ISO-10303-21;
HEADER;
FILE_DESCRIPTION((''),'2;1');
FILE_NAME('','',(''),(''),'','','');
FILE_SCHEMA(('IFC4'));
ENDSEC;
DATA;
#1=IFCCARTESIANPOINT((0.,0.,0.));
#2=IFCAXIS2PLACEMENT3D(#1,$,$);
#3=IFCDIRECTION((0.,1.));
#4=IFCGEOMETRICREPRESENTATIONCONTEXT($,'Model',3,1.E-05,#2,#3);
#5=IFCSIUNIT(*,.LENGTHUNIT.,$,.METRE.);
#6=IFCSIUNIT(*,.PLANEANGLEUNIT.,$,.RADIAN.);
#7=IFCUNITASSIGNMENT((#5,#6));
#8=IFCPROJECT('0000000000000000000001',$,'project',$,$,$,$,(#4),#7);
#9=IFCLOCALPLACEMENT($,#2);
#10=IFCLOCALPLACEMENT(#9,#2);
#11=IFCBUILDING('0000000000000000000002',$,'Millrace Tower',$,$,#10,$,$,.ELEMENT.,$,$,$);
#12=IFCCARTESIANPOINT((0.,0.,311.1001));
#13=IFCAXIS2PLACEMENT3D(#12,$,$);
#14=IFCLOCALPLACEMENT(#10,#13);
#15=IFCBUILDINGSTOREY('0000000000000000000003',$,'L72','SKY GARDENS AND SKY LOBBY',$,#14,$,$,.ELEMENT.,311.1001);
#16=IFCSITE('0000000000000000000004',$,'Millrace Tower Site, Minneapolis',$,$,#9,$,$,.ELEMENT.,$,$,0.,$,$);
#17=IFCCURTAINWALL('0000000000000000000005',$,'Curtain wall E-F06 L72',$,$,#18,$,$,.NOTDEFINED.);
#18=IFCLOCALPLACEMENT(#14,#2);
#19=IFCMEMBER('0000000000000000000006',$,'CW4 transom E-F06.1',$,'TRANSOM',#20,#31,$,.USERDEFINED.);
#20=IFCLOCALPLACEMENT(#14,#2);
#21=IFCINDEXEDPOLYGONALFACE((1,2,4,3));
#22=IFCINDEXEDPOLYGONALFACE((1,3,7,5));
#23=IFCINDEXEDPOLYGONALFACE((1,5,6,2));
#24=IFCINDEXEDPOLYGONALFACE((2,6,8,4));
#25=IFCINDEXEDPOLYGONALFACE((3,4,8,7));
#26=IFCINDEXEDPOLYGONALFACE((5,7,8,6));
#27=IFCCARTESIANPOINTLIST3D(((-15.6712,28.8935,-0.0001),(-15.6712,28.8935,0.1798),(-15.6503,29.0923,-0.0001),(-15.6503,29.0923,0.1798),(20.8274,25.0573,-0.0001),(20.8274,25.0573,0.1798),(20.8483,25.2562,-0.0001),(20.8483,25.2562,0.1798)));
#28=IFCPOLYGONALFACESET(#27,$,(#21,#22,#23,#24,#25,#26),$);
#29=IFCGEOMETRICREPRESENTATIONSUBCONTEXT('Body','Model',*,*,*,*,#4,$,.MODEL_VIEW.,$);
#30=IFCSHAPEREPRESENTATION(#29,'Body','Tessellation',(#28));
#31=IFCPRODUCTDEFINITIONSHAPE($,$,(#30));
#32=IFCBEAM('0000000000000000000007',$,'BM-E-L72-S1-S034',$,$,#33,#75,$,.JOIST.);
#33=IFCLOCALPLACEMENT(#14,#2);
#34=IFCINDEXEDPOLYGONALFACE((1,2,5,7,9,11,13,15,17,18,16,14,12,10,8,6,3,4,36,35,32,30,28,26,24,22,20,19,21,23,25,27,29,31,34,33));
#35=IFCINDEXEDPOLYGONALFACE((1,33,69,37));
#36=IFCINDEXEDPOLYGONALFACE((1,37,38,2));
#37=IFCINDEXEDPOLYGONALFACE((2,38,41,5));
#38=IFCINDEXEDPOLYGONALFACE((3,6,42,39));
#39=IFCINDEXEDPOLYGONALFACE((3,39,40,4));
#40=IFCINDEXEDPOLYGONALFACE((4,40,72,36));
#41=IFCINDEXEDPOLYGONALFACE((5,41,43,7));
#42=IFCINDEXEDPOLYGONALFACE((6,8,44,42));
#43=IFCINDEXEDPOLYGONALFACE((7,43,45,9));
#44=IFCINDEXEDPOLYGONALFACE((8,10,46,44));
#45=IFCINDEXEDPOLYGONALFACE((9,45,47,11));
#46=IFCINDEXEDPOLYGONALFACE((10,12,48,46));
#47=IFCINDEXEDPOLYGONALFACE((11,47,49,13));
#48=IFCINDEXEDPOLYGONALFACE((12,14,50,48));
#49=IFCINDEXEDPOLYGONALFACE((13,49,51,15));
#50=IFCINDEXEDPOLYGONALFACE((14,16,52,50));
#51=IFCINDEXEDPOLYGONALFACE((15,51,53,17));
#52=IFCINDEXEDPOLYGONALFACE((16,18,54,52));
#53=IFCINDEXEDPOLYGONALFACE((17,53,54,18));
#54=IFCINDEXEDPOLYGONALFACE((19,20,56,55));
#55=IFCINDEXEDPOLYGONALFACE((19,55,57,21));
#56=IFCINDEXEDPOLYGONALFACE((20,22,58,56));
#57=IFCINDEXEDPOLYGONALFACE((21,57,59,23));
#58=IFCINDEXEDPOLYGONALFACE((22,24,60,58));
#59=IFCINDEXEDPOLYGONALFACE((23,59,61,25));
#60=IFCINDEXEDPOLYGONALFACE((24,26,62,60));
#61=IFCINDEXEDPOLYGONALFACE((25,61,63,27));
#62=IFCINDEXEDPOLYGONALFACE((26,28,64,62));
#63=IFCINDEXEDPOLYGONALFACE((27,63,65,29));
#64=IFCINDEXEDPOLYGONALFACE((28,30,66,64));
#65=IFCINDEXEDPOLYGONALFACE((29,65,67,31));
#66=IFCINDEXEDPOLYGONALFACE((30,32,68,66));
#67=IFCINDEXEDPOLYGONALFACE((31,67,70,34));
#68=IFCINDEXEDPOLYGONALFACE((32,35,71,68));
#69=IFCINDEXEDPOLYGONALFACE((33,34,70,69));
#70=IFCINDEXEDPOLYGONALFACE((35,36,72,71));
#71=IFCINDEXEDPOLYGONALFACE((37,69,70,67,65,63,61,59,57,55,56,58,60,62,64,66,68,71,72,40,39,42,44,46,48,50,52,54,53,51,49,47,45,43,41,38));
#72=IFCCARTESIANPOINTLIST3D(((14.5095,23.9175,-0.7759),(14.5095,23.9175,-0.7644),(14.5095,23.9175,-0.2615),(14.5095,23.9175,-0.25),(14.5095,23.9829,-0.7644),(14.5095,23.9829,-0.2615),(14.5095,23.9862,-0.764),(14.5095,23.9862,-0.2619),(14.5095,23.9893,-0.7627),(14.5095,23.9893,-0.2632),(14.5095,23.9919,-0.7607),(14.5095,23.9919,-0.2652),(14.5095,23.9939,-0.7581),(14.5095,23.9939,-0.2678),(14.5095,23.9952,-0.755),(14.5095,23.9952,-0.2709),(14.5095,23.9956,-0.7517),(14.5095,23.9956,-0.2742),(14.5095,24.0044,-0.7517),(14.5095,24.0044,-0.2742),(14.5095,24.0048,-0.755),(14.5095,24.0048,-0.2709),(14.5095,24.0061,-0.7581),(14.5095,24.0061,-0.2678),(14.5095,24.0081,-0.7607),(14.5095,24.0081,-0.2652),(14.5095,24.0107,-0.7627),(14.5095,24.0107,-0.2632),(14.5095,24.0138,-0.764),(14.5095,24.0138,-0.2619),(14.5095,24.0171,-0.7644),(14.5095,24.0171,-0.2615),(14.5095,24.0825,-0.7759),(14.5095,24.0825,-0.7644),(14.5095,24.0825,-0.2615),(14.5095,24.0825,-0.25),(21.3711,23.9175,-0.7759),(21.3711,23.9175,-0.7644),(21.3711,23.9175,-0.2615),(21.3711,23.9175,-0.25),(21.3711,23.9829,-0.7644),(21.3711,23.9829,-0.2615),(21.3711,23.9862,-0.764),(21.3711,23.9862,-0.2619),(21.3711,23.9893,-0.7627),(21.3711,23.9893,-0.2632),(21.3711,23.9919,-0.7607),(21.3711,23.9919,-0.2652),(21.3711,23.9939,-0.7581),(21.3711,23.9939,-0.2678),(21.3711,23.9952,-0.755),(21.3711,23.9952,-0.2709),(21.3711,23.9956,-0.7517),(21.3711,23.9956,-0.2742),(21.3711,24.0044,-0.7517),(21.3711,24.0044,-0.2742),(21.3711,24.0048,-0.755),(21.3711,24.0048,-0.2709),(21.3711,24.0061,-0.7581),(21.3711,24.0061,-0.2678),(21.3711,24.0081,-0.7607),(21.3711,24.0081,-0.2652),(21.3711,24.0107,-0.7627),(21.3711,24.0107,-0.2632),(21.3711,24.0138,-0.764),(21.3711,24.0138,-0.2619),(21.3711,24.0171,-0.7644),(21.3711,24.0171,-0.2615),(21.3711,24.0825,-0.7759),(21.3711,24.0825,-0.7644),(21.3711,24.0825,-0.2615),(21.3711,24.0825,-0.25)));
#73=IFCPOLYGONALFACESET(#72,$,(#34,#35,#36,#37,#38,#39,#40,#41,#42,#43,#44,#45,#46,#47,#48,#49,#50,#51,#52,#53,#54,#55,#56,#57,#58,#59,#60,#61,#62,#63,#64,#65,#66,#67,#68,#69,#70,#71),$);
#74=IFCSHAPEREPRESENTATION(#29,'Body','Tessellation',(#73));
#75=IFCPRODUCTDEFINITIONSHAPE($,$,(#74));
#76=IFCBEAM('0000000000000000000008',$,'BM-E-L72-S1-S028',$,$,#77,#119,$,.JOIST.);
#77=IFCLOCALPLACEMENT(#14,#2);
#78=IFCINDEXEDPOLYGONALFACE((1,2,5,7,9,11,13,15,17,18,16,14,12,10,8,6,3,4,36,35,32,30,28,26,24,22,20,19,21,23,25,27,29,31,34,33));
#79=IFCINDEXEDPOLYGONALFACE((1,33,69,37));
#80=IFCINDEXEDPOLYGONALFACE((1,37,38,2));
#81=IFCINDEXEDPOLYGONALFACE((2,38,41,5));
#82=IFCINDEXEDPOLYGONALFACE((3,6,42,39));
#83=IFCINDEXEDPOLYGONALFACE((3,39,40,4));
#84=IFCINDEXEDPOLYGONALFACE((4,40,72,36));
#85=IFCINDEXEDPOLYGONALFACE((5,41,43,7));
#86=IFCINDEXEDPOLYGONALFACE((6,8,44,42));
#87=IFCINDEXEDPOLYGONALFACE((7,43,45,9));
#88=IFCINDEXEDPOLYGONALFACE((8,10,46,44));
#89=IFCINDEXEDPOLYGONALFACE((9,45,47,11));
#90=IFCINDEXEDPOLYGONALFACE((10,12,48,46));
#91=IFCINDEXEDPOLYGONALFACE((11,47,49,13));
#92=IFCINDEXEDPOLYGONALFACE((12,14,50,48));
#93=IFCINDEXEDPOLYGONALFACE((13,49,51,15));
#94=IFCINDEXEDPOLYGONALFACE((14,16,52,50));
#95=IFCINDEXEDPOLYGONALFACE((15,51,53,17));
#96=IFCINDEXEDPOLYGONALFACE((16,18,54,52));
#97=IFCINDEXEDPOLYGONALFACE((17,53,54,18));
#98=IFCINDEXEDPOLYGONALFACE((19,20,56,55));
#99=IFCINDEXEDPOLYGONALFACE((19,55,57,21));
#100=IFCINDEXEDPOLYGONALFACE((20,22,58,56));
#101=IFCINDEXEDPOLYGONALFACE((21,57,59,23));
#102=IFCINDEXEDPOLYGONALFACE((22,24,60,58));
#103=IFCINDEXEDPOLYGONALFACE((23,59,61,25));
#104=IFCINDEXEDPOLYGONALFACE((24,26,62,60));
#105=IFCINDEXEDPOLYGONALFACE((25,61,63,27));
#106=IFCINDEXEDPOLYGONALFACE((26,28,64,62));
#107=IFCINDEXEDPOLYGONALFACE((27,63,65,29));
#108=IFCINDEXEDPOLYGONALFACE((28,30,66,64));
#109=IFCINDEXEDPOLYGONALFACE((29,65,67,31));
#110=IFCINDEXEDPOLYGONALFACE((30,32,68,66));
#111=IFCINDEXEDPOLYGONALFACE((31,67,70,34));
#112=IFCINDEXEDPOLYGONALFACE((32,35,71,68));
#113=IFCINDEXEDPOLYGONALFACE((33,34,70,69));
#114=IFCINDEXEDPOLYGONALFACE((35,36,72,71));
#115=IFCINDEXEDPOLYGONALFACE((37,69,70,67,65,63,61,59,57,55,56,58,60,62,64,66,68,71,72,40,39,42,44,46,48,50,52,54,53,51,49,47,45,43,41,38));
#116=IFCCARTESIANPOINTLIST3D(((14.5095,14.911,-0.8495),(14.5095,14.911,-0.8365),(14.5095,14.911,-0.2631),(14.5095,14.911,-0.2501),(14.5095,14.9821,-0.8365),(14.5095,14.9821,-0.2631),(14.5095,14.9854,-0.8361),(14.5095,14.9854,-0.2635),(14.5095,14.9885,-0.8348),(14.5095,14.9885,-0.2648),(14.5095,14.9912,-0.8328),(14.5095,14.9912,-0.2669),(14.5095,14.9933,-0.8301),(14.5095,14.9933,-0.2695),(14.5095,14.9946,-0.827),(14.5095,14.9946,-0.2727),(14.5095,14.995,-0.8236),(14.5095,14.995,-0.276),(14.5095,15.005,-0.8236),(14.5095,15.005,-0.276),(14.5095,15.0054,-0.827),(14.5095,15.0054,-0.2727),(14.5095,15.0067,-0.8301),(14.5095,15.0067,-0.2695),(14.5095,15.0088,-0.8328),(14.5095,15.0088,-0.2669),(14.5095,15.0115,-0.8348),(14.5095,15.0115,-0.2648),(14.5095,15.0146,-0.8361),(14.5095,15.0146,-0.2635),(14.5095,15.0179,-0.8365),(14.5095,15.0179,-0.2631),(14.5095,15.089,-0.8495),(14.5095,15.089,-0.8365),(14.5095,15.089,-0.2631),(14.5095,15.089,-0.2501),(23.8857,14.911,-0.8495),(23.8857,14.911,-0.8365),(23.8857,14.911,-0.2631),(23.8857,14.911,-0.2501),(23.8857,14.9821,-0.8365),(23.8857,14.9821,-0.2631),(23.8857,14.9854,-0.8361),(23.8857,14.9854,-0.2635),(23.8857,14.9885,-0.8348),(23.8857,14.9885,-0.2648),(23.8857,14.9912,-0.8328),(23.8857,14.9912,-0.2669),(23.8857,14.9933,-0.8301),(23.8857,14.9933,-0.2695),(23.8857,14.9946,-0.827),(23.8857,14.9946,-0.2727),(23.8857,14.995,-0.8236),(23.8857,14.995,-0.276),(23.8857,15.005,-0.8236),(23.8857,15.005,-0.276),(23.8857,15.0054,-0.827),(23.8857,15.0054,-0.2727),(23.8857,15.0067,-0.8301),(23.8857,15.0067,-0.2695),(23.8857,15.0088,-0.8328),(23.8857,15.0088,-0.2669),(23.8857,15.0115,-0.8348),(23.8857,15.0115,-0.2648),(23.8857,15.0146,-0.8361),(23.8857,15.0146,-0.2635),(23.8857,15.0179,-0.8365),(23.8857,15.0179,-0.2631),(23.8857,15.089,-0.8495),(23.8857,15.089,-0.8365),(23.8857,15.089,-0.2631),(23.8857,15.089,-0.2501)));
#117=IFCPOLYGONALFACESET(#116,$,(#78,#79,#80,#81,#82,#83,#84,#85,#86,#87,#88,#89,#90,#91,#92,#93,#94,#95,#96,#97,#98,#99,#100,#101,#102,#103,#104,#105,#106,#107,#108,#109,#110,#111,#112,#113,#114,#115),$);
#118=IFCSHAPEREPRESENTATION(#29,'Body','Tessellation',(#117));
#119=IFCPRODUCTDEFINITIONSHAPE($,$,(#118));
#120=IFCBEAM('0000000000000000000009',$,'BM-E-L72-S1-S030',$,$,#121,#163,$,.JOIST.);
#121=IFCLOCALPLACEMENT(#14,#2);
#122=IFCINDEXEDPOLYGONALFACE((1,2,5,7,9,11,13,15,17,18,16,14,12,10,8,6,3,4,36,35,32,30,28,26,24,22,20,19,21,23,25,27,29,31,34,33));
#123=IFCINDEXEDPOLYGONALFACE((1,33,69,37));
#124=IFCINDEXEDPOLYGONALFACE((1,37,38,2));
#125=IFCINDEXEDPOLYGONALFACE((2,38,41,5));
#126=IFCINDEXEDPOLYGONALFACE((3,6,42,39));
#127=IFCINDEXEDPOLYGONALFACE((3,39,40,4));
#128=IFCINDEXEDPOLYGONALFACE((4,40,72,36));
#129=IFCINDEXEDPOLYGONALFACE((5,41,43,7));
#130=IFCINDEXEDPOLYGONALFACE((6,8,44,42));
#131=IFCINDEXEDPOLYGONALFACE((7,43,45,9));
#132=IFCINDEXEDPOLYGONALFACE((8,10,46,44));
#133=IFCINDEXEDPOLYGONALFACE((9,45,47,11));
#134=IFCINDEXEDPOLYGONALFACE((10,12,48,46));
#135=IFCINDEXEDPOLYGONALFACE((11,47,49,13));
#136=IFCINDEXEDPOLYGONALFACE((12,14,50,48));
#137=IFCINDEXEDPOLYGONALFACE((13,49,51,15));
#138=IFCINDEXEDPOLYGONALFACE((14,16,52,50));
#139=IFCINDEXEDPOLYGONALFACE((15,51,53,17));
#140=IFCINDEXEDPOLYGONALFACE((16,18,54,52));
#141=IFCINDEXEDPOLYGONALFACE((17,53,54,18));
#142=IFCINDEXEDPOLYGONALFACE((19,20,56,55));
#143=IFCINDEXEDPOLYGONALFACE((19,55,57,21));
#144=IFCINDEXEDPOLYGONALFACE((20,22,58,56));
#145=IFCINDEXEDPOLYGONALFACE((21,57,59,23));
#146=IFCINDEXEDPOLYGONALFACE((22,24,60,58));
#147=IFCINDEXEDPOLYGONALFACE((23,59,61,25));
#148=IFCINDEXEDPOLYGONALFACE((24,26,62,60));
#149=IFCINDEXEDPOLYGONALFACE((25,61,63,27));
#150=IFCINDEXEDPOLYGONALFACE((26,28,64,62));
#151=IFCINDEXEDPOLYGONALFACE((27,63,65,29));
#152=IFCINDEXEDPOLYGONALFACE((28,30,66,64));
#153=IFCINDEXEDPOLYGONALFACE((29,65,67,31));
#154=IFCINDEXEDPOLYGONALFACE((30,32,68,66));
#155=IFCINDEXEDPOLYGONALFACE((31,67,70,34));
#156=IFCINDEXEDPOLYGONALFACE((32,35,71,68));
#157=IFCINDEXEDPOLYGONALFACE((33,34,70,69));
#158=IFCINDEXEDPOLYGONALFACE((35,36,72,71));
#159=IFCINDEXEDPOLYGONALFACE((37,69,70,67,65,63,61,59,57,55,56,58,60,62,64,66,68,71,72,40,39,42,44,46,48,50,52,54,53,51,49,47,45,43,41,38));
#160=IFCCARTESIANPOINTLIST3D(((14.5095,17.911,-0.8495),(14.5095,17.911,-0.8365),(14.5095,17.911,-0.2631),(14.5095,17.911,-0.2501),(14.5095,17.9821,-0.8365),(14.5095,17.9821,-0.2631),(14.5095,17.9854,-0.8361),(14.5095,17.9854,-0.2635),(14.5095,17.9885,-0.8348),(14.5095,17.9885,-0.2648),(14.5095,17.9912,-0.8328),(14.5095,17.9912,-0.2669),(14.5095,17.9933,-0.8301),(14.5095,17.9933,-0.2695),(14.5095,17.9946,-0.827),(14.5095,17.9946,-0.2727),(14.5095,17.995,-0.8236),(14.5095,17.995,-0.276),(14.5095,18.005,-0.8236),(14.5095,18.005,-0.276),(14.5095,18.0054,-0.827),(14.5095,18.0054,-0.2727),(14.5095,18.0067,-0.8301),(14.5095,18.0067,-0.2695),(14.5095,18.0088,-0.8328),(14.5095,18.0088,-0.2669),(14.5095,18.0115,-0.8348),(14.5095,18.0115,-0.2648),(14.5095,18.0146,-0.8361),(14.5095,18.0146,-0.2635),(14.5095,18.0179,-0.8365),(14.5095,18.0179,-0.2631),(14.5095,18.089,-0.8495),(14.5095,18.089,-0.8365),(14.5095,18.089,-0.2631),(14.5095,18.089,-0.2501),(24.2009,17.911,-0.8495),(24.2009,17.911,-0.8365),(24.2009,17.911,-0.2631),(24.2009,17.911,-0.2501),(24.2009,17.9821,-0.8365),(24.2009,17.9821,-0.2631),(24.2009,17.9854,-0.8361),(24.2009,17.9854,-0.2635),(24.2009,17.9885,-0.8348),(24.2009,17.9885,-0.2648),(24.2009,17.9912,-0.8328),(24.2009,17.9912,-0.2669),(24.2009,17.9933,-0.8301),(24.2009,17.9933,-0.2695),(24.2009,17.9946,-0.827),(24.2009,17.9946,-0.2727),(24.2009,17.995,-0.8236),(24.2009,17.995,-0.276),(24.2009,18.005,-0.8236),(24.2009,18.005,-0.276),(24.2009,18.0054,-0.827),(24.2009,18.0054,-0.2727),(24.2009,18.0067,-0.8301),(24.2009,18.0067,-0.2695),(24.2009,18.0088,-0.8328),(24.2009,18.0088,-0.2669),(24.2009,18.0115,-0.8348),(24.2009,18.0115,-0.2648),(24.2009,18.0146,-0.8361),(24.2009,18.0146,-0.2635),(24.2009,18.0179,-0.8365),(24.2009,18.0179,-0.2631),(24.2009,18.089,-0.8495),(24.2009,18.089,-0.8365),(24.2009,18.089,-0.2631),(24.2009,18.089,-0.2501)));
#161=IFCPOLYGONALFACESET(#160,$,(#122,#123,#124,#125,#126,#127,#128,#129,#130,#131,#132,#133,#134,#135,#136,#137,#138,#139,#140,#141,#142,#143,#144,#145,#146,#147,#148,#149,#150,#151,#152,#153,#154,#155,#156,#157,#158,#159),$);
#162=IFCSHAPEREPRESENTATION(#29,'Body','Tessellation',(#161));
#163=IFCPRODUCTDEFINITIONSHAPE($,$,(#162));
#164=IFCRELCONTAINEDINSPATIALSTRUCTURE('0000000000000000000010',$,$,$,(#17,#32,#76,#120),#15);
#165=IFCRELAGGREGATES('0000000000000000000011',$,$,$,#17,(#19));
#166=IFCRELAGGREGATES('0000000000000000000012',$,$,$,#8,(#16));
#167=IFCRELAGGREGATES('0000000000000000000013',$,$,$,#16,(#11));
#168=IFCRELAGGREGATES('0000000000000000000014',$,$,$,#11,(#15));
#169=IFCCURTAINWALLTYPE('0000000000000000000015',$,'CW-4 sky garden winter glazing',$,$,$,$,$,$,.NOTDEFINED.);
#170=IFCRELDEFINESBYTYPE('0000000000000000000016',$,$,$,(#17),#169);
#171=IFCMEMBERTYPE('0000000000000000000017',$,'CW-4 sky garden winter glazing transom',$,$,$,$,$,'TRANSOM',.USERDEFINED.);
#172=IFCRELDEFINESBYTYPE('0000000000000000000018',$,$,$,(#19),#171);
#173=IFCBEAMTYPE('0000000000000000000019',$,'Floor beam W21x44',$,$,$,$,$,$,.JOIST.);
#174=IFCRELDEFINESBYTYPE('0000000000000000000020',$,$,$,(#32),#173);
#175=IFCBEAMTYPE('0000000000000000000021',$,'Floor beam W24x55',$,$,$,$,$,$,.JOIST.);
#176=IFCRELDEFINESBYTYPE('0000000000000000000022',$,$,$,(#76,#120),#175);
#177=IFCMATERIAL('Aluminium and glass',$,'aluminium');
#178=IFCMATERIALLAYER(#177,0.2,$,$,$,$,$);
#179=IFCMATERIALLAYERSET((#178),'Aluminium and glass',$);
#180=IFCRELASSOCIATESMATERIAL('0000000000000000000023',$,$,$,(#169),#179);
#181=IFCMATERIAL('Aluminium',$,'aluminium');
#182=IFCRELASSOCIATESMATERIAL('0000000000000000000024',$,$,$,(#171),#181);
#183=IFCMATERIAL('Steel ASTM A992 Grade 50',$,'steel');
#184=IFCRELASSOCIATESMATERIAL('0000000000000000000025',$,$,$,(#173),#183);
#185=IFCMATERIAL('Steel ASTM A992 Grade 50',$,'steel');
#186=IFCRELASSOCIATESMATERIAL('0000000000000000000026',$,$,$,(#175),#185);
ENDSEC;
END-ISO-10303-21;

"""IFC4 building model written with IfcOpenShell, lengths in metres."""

from ifc_helpers import new_model, si_unit, direction, frame, origin, origin_2d, place, context, subcontext, project, spatial, rectangle, i_section, extrude, material, layer, layer_set, material_profile, profile_set, type_object, element, aggregate, save


model = new_model("IFC4")

# Units and contexts
model_context = context("Model", 3, precision=1e-05, world=origin(), true_north=direction((0.0, 1.0)))
body_context = subcontext(model_context, "Body", "Model", "MODEL_VIEW")
ifc_project = project(units=[si_unit("LENGTHUNIT", "METRE"), si_unit("PLANEANGLEUNIT", "RADIAN")], contexts=[model_context])

# Site, building, storey
site_placement = place(None, origin())
site = spatial("IfcSite", under=ifc_project, at=site_placement, Name="Millrace Tower Site, Minneapolis", CompositionType="ELEMENT", RefElevation=0.0)
building_placement = place(site_placement, origin())
building = spatial("IfcBuilding", under=site, at=building_placement, Name="Millrace Tower", CompositionType="ELEMENT")
storey_placement = place(building_placement, frame((0.0, 0.0, 311.1001)))
storey = spatial("IfcBuildingStorey", under=building, at=storey_placement, Name="L72", Description="SKY GARDENS AND SKY LOBBY", CompositionType="ELEMENT", Elevation=311.1001)

# Shared definitions
ifc_material_1 = material(Name="Aluminium and glass", Category="aluminium")
ifc_layer_1 = layer(ifc_material_1, 0.2)
ifc_layer_set_1 = layer_set([ifc_layer_1], Name="Aluminium and glass")
curtain_wall_type = type_object("IfcCurtainWallType", Name="CW-4 sky garden winter glazing", PredefinedType="NOTDEFINED", material=ifc_layer_set_1)
placement = place(storey_placement, origin())

# Curtain wall
curtain_wall_1 = element("IfcCurtainWall", 1, at=placement, inside=storey, type_object=curtain_wall_type, Name="Curtain wall E-F06 L72", PredefinedType="NOTDEFINED")

# Member
ifc_material_2 = material(Name="Aluminium", Category="aluminium")
ifc_material_profile_1 = material_profile(ifc_material_2, rectangle(XDim=0.2, YDim=0.1799, at=origin_2d()))
ifc_profile_set_1 = profile_set([ifc_material_profile_1], Name="Aluminium")
member_type_1 = type_object("IfcMemberType", Name="CW-4 sky garden winter glazing transom", ElementType="TRANSOM", PredefinedType="USERDEFINED", material=ifc_profile_set_1)
member_1_placement = place(storey_placement, frame((20.8379, 25.1567, 0.0898), z_axis=(-0.994522, 0.104529, 0.0), x_axis=(-0.104529, -0.994522, 0.0)))
member_1 = element("IfcMember", 2, at=member_1_placement, type_object=member_type_1, Name="CW4 transom E-F06.1", ObjectType="TRANSOM", PredefinedType="USERDEFINED", context=body_context, shape_type="SweptSolid", body=[
    extrude(rectangle(XDim=0.2, YDim=0.1799, at=origin_2d()), origin(), (0.0, 0.0, 1.0), 36.6997),
])
aggregate(curtain_wall_1, [member_1])

# Beams
ifc_material_3 = material(Name="Steel ASTM A992 Grade 50", Category="steel")
ifc_material_profile_2 = material_profile(ifc_material_3, i_section(OverallWidth=0.165, OverallDepth=0.5259, WebThickness=0.0088, FlangeThickness=0.0115, FilletRadius=0.0127, at=origin_2d()))
ifc_profile_set_2 = profile_set([ifc_material_profile_2], Name="Steel ASTM A992 Grade 50")
beam_type_1 = type_object("IfcBeamType", Name="Floor beam W21x44", PredefinedType="JOIST", material=ifc_profile_set_2)
beam_1_placement = place(storey_placement, frame((14.5095, 24.0, -0.5129), z_axis=(1.0, 0.0, 0.0), x_axis=(0.0, 1.0, 0.0)))
element("IfcBeam", 3, at=beam_1_placement, inside=storey, type_object=beam_type_1, Name="BM-E-L72-S1-S034", PredefinedType="JOIST", context=body_context, shape_type="SweptSolid", body=[
    extrude(i_section(OverallWidth=0.165, OverallDepth=0.5259, WebThickness=0.0088, FlangeThickness=0.0115, FilletRadius=0.0127, at=origin_2d()), origin(), (0.0, 0.0, 1.0), 6.8616),
])
ifc_material_4 = material(Name="Steel ASTM A992 Grade 50", Category="steel")
ifc_material_profile_3 = material_profile(ifc_material_4, i_section(OverallWidth=0.178, OverallDepth=0.5994, WebThickness=0.01, FlangeThickness=0.0129, FilletRadius=0.0129, at=origin_2d()))
ifc_profile_set_3 = profile_set([ifc_material_profile_3], Name="Steel ASTM A992 Grade 50")
beam_type_2 = type_object("IfcBeamType", Name="Floor beam W24x55", PredefinedType="JOIST", material=ifc_profile_set_3)
beam_2_placement = place(storey_placement, frame((14.5095, 15.0, -0.5498), z_axis=(1.0, 0.0, 0.0), x_axis=(0.0, 1.0, 0.0)))
element("IfcBeam", 4, at=beam_2_placement, inside=storey, type_object=beam_type_2, Name="BM-E-L72-S1-S028", PredefinedType="JOIST", context=body_context, shape_type="SweptSolid", body=[
    extrude(i_section(OverallWidth=0.178, OverallDepth=0.5994, WebThickness=0.01, FlangeThickness=0.0129, FilletRadius=0.0129, at=origin_2d()), origin(), (0.0, 0.0, 1.0), 9.3762),
])
beam_3_placement = place(storey_placement, frame((14.5095, 18.0, -0.5498), z_axis=(1.0, 0.0, 0.0), x_axis=(0.0, 1.0, 0.0)))
element("IfcBeam", 5, at=beam_3_placement, inside=storey, type_object=beam_type_2, Name="BM-E-L72-S1-S030", PredefinedType="JOIST", context=body_context, shape_type="SweptSolid", body=[
    extrude(i_section(OverallWidth=0.178, OverallDepth=0.5994, WebThickness=0.01, FlangeThickness=0.0129, FilletRadius=0.0129, at=origin_2d()), origin(), (0.0, 0.0, 1.0), 9.6914),
])

save(model, "model.ifc")
